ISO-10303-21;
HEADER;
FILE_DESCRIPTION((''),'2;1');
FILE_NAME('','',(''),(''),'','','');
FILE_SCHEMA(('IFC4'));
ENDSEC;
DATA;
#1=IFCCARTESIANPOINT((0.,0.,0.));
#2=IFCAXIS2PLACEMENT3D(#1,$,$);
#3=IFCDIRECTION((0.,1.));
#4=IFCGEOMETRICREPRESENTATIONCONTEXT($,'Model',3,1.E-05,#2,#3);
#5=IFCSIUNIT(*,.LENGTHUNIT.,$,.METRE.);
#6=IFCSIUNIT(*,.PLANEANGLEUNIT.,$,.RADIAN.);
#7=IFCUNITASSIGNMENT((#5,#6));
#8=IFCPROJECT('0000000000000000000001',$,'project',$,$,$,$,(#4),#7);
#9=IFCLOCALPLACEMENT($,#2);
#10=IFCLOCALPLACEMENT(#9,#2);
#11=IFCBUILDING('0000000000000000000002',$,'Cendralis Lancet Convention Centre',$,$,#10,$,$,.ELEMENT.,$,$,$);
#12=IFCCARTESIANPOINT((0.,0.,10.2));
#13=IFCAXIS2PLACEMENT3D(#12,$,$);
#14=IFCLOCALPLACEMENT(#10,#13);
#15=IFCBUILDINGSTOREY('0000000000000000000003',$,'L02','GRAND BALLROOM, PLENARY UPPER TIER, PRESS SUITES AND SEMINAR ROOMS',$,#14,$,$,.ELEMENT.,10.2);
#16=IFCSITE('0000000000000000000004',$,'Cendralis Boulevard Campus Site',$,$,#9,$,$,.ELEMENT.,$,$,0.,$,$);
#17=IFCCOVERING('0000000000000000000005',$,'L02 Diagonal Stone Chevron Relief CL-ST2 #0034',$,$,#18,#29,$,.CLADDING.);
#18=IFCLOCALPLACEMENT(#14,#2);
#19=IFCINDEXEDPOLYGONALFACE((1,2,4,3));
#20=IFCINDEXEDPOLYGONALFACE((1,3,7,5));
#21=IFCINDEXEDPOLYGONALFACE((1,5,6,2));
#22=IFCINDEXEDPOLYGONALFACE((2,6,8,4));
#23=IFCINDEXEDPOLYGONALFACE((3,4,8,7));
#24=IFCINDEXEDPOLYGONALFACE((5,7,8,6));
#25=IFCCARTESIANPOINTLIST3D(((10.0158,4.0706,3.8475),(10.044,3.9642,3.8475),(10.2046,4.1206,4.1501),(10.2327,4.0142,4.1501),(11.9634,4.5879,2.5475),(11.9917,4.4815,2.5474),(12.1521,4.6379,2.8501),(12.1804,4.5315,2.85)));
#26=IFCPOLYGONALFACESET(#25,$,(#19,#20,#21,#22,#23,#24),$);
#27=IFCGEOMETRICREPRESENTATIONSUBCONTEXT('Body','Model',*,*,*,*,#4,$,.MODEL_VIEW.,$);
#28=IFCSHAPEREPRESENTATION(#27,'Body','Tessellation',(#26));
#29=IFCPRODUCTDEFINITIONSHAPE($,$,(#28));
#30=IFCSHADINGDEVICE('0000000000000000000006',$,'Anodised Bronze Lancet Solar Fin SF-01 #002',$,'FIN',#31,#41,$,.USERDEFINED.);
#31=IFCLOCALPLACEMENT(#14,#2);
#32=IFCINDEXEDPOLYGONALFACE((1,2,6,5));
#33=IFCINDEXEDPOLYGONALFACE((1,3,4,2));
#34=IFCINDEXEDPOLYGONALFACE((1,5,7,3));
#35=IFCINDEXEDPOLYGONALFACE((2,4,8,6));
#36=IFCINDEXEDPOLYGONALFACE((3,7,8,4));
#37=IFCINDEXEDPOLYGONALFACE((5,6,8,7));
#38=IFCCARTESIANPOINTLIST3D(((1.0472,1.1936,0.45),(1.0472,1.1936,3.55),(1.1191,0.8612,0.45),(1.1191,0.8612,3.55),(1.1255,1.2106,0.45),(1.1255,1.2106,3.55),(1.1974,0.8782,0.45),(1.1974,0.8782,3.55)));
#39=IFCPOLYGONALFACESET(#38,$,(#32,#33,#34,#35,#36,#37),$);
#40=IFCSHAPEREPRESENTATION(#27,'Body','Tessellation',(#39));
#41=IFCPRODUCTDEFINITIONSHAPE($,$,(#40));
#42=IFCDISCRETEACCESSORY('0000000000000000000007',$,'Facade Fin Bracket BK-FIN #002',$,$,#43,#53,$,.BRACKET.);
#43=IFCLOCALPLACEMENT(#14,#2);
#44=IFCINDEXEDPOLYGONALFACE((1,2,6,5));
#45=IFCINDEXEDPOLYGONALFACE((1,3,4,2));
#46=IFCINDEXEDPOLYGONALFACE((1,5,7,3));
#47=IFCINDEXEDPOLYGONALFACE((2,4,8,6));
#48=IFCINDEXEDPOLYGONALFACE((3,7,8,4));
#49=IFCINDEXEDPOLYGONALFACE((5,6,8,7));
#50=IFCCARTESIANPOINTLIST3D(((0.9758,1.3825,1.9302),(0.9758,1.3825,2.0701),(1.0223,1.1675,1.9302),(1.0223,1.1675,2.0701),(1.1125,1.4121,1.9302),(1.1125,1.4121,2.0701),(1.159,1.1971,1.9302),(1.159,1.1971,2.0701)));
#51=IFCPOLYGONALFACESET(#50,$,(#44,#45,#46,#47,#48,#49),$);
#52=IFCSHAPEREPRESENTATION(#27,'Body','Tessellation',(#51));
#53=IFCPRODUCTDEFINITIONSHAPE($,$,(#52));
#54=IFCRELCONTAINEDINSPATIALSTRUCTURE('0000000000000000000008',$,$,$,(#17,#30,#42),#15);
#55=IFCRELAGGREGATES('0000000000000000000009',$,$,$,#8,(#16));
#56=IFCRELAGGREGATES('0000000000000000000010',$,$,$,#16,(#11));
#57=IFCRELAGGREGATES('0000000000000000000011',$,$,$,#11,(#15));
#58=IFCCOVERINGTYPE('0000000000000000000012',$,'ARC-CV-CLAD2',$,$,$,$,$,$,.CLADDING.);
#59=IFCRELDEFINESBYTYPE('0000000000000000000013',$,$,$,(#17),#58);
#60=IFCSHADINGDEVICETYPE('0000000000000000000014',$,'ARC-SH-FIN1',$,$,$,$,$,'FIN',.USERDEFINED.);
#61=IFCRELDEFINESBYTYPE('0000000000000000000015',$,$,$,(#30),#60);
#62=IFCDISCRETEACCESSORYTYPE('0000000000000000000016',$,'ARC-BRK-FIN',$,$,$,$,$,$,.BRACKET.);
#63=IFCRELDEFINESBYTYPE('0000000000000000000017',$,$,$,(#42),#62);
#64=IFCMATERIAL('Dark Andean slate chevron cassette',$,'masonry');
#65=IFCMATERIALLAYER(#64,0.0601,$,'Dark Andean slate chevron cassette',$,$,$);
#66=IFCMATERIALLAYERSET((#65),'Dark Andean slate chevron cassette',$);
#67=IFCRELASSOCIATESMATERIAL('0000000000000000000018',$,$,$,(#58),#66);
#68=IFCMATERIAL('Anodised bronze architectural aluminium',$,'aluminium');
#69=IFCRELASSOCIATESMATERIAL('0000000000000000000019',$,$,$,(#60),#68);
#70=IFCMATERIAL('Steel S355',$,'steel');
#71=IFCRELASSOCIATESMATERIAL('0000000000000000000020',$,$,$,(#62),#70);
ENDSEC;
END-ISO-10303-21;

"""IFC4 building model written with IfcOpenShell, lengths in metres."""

from ifc_helpers import new_model, si_unit, direction, frame, origin, origin_2d, place, context, subcontext, project, spatial, polyline, rectangle, outline, extrude, material, layer, layer_set, type_object, element, save


model = new_model("IFC4")

# Units and contexts
model_context = context("Model", 3, precision=1e-05, world=origin(), true_north=direction((0.0, 1.0)))
body_context = subcontext(model_context, "Body", "Model", "MODEL_VIEW")
ifc_project = project(units=[si_unit("LENGTHUNIT", "METRE"), si_unit("PLANEANGLEUNIT", "RADIAN")], contexts=[model_context])

# Site, building, storey
site_placement = place(None, origin())
site = spatial("IfcSite", under=ifc_project, at=site_placement, Name="Cendralis Boulevard Campus Site", CompositionType="ELEMENT", RefElevation=0.0)
building_placement = place(site_placement, origin())
building = spatial("IfcBuilding", under=site, at=building_placement, Name="Cendralis Lancet Convention Centre", CompositionType="ELEMENT")
storey_placement = place(building_placement, frame((0.0, 0.0, 10.2)))
storey = spatial("IfcBuildingStorey", under=building, at=storey_placement, Name="L02", Description="GRAND BALLROOM, PLENARY UPPER TIER, PRESS SUITES AND SEMINAR ROOMS", CompositionType="ELEMENT", Elevation=10.2)

# Shared definitions
ifc_material_1 = material(Name="Steel S355", Category="steel")

# Shared definitions
ifc_material_2 = material(Name="Dark Andean slate chevron cassette", Category="masonry")

# Covering
ifc_layer_1 = layer(ifc_material_2, 0.0601, Name="Dark Andean slate chevron cassette")
ifc_layer_set_1 = layer_set([ifc_layer_1], Name="Dark Andean slate chevron cassette")
covering_type_1 = type_object("IfcCoveringType", Name="ARC-CV-CLAD2", PredefinedType="CLADDING", material=ifc_layer_set_1)
covering_1_placement = place(storey_placement, frame((10.2327, 4.0142, 4.1501), z_axis=(0.524034, 0.138821, 0.840308), x_axis=(0.812149, 0.215711, -0.542109)))
element("IfcCovering", 1, at=covering_1_placement, inside=storey, type_object=covering_type_1, Name="L02 Diagonal Stone Chevron Relief CL-ST2 #0034", PredefinedType="CLADDING", context=body_context, shape_type="SweptSolid", body=[
    extrude(outline(polyline([(0.0, 0.0), (2.3982, 0.0), (2.3982, 0.1101), (0.0002, 0.1101), (0.0, 0.0)])), origin(), (0.0, 0.0, -1.0), 0.3601),
])

# Shading device
ifc_material_3 = material(Name="Anodised bronze architectural aluminium", Category="aluminium")
shading_device_type = type_object("IfcShadingDeviceType", Name="ARC-SH-FIN1", ElementType="FIN", PredefinedType="USERDEFINED", material=ifc_material_3)
shading_device_placement = place(storey_placement, frame((1.1223, 1.0359, 0.45), z_axis=(0.0, 0.0, 1.0), x_axis=(0.977397, 0.21141, 0.0)))
element("IfcShadingDevice", 2, at=shading_device_placement, inside=storey, type_object=shading_device_type, Name="Anodised Bronze Lancet Solar Fin SF-01 #002", ObjectType="FIN", PredefinedType="USERDEFINED", context=body_context, shape_type="SweptSolid", body=[
    extrude(rectangle(XDim=0.0801, YDim=0.3401, at=origin_2d()), origin(), (0.0, 0.0, 1.0), 3.1001),
])

# Discrete accessory
discrete_accessory_type = type_object("IfcDiscreteAccessoryType", Name="ARC-BRK-FIN", PredefinedType="BRACKET", material=ifc_material_1)
discrete_accessory_placement = place(storey_placement, frame((1.0674, 1.2898, 1.9302), z_axis=(0.0, 0.0, 1.0), x_axis=(0.977397, 0.21141, 0.0)))
element("IfcDiscreteAccessory", 3, at=discrete_accessory_placement, inside=storey, type_object=discrete_accessory_type, Name="Facade Fin Bracket BK-FIN #002", PredefinedType="BRACKET", context=body_context, shape_type="SweptSolid", body=[
    extrude(rectangle(XDim=0.1399, YDim=0.22, at=origin_2d()), origin(), (0.0, 0.0, 1.0), 0.1399),
])

save(model, "model.ifc")
